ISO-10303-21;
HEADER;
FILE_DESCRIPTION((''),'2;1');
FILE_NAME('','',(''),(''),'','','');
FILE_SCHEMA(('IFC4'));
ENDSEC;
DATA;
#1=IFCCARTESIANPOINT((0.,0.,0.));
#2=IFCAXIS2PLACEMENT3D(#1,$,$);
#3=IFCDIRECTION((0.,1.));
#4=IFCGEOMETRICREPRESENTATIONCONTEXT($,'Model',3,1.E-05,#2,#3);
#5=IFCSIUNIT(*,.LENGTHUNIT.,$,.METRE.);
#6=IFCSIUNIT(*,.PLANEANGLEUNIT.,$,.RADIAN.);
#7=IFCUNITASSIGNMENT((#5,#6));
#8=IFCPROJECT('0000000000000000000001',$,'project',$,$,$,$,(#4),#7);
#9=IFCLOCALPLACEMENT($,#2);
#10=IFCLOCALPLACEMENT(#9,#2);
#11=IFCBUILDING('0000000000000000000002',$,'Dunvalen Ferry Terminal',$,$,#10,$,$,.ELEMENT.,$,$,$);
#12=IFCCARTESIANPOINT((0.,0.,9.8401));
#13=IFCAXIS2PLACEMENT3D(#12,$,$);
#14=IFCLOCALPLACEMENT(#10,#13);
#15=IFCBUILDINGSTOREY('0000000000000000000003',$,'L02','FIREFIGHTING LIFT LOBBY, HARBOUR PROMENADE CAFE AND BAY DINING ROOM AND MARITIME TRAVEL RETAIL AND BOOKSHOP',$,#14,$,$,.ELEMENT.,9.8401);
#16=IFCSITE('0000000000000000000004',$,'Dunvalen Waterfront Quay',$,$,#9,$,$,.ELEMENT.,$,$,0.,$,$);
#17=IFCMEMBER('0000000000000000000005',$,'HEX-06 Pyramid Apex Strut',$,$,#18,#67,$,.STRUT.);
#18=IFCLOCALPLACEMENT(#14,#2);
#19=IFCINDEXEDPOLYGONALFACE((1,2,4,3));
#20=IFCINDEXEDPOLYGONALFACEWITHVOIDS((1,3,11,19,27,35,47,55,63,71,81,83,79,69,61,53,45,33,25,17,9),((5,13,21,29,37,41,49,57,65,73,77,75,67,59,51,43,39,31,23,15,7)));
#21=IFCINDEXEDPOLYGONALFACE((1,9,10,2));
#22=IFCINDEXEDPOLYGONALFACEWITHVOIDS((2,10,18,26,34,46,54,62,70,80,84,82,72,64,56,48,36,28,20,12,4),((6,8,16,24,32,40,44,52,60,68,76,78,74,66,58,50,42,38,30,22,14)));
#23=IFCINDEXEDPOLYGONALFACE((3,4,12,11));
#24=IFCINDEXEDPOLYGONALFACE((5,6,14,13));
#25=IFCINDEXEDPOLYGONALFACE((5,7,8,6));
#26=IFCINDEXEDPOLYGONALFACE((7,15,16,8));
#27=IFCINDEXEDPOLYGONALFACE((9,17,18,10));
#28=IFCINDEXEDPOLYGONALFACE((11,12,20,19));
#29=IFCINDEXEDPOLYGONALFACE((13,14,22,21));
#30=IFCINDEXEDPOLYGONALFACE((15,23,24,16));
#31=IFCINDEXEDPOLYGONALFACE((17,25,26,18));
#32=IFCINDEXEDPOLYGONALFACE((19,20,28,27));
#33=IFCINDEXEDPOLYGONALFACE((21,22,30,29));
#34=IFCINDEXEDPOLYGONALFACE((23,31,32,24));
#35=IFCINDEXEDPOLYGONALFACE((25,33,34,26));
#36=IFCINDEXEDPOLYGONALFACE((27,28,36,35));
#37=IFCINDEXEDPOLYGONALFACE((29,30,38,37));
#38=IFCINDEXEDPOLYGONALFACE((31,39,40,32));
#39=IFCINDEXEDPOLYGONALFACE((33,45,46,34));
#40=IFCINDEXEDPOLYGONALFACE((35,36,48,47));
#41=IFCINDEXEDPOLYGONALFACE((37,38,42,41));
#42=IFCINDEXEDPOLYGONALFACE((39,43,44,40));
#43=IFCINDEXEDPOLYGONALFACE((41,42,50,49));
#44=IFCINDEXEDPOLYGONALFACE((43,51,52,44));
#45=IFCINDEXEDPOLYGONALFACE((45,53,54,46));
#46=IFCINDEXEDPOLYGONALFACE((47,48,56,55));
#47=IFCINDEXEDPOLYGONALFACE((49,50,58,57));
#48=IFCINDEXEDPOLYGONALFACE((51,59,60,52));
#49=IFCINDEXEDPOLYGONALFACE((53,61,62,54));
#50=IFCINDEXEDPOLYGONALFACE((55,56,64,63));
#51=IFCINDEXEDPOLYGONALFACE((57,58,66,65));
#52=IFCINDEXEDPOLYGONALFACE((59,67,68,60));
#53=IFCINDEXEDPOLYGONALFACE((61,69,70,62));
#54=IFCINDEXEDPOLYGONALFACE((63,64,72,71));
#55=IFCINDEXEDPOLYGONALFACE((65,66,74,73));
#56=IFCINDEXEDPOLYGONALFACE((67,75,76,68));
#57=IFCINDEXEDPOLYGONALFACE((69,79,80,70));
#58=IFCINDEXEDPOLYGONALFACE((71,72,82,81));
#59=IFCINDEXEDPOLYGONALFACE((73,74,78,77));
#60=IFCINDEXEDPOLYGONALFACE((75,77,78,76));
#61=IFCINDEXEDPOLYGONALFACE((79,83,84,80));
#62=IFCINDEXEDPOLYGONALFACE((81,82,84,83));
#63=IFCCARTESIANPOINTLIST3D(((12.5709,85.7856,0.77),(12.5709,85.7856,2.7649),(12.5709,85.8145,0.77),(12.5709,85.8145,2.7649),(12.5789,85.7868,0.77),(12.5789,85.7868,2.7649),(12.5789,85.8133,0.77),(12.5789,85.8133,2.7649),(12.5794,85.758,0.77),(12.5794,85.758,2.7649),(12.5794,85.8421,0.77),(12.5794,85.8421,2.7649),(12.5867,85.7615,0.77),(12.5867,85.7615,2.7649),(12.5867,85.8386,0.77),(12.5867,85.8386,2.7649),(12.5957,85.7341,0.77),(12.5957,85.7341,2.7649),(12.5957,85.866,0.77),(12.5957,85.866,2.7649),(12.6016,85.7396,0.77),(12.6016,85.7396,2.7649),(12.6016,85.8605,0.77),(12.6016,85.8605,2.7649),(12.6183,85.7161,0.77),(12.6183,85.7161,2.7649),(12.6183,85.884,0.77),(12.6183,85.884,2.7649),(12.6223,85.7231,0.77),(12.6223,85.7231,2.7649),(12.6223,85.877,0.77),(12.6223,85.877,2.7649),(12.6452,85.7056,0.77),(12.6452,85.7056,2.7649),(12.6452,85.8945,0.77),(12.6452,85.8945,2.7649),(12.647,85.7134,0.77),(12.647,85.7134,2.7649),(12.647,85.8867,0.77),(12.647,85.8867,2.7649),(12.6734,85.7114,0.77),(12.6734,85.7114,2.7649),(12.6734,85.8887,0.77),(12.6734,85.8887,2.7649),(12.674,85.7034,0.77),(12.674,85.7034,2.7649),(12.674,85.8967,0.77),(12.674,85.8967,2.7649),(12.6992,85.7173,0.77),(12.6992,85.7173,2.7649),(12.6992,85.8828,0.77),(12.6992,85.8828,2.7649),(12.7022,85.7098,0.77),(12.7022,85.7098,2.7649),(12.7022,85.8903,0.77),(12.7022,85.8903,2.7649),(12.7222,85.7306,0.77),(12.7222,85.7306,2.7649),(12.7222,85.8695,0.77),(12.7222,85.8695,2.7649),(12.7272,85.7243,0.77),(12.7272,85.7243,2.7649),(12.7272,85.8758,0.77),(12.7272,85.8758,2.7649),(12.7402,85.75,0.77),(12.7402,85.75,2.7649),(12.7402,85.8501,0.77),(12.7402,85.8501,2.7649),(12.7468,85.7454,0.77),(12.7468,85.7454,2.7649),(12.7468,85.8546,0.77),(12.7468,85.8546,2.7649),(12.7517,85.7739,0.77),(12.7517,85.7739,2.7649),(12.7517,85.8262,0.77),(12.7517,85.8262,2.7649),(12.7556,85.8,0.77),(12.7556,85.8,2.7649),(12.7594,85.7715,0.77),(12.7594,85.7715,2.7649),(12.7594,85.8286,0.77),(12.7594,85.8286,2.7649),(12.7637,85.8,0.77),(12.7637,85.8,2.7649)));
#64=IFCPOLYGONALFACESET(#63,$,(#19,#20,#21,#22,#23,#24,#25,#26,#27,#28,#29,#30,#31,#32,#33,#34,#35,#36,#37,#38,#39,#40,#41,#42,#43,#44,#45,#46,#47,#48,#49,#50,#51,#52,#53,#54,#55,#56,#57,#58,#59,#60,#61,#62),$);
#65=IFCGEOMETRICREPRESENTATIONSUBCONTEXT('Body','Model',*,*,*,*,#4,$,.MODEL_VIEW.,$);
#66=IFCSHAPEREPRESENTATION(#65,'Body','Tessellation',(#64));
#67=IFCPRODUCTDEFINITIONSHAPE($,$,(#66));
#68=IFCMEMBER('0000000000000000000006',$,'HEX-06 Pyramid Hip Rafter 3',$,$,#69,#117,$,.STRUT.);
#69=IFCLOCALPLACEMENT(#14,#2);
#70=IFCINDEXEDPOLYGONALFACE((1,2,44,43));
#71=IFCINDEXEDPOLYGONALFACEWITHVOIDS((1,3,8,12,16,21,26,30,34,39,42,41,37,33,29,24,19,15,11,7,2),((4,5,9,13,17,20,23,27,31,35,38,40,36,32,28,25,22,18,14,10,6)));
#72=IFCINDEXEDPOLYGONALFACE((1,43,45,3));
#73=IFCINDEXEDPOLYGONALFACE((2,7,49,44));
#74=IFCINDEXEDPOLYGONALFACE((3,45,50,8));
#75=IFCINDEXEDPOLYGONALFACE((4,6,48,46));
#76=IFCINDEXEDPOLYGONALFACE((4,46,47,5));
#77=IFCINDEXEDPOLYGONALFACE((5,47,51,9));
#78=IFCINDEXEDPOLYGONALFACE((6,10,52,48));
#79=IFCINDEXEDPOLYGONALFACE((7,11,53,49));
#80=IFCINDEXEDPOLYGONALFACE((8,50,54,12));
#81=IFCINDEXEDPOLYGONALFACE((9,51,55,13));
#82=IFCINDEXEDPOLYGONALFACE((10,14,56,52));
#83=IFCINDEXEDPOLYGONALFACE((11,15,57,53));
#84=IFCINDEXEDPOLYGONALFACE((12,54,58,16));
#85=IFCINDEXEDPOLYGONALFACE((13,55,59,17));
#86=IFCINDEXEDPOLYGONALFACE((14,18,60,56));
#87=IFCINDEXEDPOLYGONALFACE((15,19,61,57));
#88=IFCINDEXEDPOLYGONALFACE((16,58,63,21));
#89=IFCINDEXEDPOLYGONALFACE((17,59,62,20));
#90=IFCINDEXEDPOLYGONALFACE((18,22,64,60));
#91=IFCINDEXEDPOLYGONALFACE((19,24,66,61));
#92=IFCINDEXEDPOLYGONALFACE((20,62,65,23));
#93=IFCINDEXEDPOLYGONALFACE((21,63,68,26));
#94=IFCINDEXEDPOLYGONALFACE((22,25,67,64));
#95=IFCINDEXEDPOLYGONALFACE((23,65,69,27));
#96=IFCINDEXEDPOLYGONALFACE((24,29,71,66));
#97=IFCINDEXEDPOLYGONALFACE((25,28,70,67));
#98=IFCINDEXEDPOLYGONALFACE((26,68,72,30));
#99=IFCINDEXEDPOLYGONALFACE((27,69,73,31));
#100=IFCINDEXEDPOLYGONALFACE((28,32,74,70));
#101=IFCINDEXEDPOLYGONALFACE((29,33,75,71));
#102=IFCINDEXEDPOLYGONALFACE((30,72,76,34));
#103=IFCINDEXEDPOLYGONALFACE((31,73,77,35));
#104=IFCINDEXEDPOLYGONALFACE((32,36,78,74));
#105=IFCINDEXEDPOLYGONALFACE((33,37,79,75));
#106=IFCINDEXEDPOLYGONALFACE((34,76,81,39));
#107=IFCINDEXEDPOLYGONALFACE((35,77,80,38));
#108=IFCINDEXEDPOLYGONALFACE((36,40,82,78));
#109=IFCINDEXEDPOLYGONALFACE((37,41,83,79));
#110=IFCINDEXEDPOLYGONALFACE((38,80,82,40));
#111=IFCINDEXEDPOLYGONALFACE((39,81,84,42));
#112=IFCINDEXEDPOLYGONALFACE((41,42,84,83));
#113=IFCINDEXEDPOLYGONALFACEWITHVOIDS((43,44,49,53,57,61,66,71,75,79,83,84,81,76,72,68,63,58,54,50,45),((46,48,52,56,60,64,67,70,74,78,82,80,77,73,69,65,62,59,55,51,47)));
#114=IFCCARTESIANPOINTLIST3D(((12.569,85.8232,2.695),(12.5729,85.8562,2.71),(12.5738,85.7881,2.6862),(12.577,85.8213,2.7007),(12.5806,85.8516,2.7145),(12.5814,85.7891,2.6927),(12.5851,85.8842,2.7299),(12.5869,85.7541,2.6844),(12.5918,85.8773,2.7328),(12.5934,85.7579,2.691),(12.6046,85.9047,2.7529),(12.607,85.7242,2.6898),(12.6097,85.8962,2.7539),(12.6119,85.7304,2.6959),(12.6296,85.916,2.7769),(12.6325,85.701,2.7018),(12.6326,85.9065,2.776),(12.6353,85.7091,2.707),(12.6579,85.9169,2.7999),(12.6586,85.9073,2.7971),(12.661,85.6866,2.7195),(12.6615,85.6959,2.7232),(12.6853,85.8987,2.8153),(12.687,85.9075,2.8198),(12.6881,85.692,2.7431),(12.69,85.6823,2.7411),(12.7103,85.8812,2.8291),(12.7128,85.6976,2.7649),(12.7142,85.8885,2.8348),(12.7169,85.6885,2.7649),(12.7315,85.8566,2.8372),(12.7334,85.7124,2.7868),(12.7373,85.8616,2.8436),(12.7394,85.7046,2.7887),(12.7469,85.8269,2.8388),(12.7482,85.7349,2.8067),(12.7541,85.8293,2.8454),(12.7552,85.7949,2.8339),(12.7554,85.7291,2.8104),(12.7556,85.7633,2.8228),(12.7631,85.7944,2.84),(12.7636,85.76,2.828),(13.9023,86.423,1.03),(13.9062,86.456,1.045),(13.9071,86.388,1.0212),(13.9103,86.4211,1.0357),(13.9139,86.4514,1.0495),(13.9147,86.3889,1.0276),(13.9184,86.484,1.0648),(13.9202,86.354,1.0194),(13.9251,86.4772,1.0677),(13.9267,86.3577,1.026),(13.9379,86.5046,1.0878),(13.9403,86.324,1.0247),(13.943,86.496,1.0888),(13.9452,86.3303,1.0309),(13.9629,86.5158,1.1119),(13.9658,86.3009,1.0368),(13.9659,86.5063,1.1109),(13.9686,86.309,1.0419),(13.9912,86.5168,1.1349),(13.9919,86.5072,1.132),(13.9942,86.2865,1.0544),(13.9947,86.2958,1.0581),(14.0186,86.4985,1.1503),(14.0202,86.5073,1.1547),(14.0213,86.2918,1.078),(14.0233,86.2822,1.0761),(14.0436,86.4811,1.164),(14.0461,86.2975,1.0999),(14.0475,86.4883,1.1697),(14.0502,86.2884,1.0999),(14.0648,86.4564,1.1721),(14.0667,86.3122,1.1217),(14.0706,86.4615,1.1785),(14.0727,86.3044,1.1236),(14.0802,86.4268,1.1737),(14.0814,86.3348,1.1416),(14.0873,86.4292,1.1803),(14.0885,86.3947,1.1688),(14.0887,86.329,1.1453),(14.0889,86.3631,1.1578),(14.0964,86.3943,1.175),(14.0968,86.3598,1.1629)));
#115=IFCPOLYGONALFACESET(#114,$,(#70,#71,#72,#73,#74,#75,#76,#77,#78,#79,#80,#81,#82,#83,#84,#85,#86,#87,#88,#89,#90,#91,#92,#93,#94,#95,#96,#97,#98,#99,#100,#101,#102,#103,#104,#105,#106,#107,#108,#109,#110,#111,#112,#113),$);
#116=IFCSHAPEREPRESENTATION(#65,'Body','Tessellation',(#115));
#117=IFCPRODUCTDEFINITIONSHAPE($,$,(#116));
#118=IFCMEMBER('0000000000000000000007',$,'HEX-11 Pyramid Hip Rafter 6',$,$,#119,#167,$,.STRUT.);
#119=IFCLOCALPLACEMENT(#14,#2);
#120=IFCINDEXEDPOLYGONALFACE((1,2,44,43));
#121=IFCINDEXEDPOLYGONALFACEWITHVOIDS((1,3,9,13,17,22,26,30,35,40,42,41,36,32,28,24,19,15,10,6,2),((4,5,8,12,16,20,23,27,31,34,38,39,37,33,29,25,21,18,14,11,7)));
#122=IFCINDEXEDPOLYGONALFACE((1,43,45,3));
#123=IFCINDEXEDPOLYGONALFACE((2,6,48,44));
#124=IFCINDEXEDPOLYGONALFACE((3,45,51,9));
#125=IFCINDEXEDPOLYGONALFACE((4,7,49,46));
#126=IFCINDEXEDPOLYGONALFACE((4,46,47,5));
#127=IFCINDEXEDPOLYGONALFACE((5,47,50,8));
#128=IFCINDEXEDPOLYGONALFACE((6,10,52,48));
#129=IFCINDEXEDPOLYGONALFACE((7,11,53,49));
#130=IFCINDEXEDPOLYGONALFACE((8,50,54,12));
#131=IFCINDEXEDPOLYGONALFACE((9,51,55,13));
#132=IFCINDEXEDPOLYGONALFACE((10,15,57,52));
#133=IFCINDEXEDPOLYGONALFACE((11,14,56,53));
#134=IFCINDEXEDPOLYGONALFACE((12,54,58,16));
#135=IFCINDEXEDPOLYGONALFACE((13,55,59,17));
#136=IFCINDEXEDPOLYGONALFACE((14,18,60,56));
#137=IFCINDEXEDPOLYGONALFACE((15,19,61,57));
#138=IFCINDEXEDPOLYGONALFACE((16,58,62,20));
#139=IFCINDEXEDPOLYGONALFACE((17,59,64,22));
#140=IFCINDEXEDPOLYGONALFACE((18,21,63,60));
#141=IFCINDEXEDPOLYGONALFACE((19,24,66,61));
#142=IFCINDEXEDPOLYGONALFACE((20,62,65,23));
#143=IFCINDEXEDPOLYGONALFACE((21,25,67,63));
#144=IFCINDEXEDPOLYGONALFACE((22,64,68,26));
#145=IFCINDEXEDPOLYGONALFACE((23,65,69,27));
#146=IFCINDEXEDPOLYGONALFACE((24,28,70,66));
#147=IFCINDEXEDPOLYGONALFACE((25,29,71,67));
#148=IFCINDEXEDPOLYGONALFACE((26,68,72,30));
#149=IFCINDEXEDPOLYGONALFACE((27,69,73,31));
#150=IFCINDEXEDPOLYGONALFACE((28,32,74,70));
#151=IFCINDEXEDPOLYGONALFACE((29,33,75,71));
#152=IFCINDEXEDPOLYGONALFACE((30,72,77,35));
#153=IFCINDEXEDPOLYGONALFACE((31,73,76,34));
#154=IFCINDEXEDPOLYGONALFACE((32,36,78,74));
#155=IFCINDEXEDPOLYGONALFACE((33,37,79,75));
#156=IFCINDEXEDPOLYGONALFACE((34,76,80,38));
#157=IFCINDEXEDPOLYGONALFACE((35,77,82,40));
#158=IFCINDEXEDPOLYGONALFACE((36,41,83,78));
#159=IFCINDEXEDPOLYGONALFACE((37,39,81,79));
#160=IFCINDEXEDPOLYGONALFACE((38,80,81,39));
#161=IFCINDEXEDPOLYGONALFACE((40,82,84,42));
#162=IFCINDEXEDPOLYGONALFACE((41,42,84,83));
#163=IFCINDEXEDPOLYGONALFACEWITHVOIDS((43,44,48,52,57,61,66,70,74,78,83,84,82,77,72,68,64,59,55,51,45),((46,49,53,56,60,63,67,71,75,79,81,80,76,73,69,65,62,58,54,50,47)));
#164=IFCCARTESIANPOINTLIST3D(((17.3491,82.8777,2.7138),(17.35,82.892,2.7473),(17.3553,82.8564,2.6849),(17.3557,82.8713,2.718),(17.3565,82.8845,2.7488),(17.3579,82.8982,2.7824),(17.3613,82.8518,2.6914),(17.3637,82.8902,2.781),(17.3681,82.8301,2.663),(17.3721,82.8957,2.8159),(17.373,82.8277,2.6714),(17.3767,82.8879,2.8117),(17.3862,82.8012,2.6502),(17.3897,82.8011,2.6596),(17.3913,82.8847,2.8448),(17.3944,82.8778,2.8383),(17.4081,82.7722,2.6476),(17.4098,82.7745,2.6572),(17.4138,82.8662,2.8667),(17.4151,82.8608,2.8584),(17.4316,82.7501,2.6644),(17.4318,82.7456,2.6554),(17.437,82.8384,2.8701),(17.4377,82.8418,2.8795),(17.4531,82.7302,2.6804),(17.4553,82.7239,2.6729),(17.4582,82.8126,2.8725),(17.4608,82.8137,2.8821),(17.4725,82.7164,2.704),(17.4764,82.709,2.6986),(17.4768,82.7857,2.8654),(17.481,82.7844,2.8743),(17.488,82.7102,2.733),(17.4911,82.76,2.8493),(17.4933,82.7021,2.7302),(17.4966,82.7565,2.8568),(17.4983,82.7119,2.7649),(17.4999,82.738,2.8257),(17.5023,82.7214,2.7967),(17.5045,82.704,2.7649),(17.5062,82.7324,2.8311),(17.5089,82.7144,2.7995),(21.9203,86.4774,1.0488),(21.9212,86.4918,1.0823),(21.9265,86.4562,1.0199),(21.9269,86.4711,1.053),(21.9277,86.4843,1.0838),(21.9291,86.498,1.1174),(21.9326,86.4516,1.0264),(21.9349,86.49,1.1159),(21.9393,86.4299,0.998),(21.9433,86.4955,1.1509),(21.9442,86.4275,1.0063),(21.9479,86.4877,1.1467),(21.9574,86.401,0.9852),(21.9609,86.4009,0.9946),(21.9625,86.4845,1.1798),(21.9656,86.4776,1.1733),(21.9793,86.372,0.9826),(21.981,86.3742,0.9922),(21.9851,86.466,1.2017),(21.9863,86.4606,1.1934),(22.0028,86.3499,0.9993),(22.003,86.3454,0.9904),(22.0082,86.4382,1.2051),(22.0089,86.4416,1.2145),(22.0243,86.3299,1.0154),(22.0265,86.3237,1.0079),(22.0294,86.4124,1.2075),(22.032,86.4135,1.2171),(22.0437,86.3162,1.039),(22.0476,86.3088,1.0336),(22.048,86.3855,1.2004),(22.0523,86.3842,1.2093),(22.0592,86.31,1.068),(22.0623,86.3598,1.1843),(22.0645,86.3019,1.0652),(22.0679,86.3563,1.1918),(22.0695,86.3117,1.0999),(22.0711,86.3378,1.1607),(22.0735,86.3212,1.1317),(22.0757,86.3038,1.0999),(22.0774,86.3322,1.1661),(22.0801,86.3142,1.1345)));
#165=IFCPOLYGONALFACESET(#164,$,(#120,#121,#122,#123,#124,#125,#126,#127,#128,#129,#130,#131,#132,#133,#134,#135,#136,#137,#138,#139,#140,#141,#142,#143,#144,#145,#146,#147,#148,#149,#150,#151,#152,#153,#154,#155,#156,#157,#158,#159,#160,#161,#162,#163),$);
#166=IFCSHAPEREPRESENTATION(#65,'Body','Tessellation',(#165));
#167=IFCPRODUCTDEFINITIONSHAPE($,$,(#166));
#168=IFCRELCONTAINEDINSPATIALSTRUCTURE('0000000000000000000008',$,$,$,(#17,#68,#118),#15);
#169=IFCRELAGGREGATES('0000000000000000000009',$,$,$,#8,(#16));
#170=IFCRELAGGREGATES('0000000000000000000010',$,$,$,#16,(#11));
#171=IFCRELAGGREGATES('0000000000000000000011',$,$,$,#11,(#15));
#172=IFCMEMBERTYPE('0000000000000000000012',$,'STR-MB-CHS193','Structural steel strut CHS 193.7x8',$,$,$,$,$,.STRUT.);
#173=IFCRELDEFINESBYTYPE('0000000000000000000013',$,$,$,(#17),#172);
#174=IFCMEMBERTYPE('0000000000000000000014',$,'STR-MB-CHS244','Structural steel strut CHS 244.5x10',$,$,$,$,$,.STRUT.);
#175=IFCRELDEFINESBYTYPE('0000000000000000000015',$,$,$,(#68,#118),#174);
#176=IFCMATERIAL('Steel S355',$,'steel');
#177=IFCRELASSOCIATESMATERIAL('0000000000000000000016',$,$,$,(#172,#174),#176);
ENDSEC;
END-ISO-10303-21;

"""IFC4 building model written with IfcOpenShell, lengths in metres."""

from ifc_helpers import new_model, si_unit, direction, frame, origin, origin_2d, place, context, subcontext, project, spatial, hollow_circle, extrude, material, material_profile, profile_set, type_object, element, save


model = new_model("IFC4")

# Units and contexts
model_context = context("Model", 3, precision=1e-05, world=origin(), true_north=direction((0.0, 1.0)))
body_context = subcontext(model_context, "Body", "Model", "MODEL_VIEW")
ifc_project = project(units=[si_unit("LENGTHUNIT", "METRE"), si_unit("PLANEANGLEUNIT", "RADIAN")], contexts=[model_context])

# Site, building, storey
site_placement = place(None, origin())
site = spatial("IfcSite", under=ifc_project, at=site_placement, Name="Dunvalen Waterfront Quay", CompositionType="ELEMENT", RefElevation=0.0)
building_placement = place(site_placement, origin())
building = spatial("IfcBuilding", under=site, at=building_placement, Name="Dunvalen Ferry Terminal", CompositionType="ELEMENT")
storey_placement = place(building_placement, frame((0.0, 0.0, 9.8401)))
storey = spatial("IfcBuildingStorey", under=building, at=storey_placement, Name="L02", Description="FIREFIGHTING LIFT LOBBY, HARBOUR PROMENADE CAFE AND BAY DINING ROOM AND MARITIME TRAVEL RETAIL AND BOOKSHOP", CompositionType="ELEMENT", Elevation=9.8401)

# Shared definitions
ifc_material_1 = material(Name="Steel S355", Category="steel")

# Members
ifc_material_profile_1 = material_profile(ifc_material_1, hollow_circle(Radius=0.0969, WallThickness=0.0081, at=origin_2d()), Name="Steel S355")
ifc_profile_set_1 = profile_set([ifc_material_profile_1], Name="Steel S355")
member_type_1 = type_object("IfcMemberType", Name="STR-MB-CHS193", Description="Structural steel strut CHS 193.7x8", PredefinedType="STRUT", material=ifc_profile_set_1)
member_1_placement = place(storey_placement, frame((12.6667, 85.8, 0.77), z_axis=(0.0, 0.0, 1.0), x_axis=(1.0, 0.0, 0.0)))
element("IfcMember", 1, at=member_1_placement, inside=storey, type_object=member_type_1, Name="HEX-06 Pyramid Apex Strut", PredefinedType="STRUT", context=body_context, shape_type="SweptSolid", body=[
    extrude(hollow_circle(Radius=0.0969, WallThickness=0.0081, at=origin_2d()), origin(), (0.0, 0.0, 1.0), 1.9949),
])
ifc_material_profile_2 = material_profile(ifc_material_1, hollow_circle(Radius=0.1223, WallThickness=0.01, at=origin_2d()), Name="Steel S355")
ifc_profile_set_2 = profile_set([ifc_material_profile_2], Name="Steel S355")
member_type_2 = type_object("IfcMemberType", Name="STR-MB-CHS244", Description="Structural steel strut CHS 244.5x10", PredefinedType="STRUT", material=ifc_profile_set_2)
member_2_placement = place(storey_placement, frame((14.0, 86.3999, 1.0999), z_axis=(-0.601704, -0.270717, 0.751441), x_axis=(0.410302, -0.91195, 0.0)))
element("IfcMember", 2, at=member_2_placement, inside=storey, type_object=member_type_2, Name="HEX-06 Pyramid Hip Rafter 3", PredefinedType="STRUT", context=body_context, shape_type="SweptSolid", body=[
    extrude(hollow_circle(Radius=0.1223, WallThickness=0.01, at=origin_2d()), origin(), (0.0, 0.0, 1.0), 2.2158),
])
member_3_placement = place(storey_placement, frame((22.0, 86.3999, 1.0999), z_axis=(-0.755322, -0.59481, 0.275117), x_axis=(0.618685, -0.785639, 0.0)))
element("IfcMember", 3, at=member_3_placement, inside=storey, type_object=member_type_2, Name="HEX-11 Pyramid Hip Rafter 6", PredefinedType="STRUT", context=body_context, shape_type="SweptSolid", body=[
    extrude(hollow_circle(Radius=0.1223, WallThickness=0.01, at=origin_2d()), origin(), (0.0, 0.0, 1.0), 6.052),
])

save(model, "model.ifc")
